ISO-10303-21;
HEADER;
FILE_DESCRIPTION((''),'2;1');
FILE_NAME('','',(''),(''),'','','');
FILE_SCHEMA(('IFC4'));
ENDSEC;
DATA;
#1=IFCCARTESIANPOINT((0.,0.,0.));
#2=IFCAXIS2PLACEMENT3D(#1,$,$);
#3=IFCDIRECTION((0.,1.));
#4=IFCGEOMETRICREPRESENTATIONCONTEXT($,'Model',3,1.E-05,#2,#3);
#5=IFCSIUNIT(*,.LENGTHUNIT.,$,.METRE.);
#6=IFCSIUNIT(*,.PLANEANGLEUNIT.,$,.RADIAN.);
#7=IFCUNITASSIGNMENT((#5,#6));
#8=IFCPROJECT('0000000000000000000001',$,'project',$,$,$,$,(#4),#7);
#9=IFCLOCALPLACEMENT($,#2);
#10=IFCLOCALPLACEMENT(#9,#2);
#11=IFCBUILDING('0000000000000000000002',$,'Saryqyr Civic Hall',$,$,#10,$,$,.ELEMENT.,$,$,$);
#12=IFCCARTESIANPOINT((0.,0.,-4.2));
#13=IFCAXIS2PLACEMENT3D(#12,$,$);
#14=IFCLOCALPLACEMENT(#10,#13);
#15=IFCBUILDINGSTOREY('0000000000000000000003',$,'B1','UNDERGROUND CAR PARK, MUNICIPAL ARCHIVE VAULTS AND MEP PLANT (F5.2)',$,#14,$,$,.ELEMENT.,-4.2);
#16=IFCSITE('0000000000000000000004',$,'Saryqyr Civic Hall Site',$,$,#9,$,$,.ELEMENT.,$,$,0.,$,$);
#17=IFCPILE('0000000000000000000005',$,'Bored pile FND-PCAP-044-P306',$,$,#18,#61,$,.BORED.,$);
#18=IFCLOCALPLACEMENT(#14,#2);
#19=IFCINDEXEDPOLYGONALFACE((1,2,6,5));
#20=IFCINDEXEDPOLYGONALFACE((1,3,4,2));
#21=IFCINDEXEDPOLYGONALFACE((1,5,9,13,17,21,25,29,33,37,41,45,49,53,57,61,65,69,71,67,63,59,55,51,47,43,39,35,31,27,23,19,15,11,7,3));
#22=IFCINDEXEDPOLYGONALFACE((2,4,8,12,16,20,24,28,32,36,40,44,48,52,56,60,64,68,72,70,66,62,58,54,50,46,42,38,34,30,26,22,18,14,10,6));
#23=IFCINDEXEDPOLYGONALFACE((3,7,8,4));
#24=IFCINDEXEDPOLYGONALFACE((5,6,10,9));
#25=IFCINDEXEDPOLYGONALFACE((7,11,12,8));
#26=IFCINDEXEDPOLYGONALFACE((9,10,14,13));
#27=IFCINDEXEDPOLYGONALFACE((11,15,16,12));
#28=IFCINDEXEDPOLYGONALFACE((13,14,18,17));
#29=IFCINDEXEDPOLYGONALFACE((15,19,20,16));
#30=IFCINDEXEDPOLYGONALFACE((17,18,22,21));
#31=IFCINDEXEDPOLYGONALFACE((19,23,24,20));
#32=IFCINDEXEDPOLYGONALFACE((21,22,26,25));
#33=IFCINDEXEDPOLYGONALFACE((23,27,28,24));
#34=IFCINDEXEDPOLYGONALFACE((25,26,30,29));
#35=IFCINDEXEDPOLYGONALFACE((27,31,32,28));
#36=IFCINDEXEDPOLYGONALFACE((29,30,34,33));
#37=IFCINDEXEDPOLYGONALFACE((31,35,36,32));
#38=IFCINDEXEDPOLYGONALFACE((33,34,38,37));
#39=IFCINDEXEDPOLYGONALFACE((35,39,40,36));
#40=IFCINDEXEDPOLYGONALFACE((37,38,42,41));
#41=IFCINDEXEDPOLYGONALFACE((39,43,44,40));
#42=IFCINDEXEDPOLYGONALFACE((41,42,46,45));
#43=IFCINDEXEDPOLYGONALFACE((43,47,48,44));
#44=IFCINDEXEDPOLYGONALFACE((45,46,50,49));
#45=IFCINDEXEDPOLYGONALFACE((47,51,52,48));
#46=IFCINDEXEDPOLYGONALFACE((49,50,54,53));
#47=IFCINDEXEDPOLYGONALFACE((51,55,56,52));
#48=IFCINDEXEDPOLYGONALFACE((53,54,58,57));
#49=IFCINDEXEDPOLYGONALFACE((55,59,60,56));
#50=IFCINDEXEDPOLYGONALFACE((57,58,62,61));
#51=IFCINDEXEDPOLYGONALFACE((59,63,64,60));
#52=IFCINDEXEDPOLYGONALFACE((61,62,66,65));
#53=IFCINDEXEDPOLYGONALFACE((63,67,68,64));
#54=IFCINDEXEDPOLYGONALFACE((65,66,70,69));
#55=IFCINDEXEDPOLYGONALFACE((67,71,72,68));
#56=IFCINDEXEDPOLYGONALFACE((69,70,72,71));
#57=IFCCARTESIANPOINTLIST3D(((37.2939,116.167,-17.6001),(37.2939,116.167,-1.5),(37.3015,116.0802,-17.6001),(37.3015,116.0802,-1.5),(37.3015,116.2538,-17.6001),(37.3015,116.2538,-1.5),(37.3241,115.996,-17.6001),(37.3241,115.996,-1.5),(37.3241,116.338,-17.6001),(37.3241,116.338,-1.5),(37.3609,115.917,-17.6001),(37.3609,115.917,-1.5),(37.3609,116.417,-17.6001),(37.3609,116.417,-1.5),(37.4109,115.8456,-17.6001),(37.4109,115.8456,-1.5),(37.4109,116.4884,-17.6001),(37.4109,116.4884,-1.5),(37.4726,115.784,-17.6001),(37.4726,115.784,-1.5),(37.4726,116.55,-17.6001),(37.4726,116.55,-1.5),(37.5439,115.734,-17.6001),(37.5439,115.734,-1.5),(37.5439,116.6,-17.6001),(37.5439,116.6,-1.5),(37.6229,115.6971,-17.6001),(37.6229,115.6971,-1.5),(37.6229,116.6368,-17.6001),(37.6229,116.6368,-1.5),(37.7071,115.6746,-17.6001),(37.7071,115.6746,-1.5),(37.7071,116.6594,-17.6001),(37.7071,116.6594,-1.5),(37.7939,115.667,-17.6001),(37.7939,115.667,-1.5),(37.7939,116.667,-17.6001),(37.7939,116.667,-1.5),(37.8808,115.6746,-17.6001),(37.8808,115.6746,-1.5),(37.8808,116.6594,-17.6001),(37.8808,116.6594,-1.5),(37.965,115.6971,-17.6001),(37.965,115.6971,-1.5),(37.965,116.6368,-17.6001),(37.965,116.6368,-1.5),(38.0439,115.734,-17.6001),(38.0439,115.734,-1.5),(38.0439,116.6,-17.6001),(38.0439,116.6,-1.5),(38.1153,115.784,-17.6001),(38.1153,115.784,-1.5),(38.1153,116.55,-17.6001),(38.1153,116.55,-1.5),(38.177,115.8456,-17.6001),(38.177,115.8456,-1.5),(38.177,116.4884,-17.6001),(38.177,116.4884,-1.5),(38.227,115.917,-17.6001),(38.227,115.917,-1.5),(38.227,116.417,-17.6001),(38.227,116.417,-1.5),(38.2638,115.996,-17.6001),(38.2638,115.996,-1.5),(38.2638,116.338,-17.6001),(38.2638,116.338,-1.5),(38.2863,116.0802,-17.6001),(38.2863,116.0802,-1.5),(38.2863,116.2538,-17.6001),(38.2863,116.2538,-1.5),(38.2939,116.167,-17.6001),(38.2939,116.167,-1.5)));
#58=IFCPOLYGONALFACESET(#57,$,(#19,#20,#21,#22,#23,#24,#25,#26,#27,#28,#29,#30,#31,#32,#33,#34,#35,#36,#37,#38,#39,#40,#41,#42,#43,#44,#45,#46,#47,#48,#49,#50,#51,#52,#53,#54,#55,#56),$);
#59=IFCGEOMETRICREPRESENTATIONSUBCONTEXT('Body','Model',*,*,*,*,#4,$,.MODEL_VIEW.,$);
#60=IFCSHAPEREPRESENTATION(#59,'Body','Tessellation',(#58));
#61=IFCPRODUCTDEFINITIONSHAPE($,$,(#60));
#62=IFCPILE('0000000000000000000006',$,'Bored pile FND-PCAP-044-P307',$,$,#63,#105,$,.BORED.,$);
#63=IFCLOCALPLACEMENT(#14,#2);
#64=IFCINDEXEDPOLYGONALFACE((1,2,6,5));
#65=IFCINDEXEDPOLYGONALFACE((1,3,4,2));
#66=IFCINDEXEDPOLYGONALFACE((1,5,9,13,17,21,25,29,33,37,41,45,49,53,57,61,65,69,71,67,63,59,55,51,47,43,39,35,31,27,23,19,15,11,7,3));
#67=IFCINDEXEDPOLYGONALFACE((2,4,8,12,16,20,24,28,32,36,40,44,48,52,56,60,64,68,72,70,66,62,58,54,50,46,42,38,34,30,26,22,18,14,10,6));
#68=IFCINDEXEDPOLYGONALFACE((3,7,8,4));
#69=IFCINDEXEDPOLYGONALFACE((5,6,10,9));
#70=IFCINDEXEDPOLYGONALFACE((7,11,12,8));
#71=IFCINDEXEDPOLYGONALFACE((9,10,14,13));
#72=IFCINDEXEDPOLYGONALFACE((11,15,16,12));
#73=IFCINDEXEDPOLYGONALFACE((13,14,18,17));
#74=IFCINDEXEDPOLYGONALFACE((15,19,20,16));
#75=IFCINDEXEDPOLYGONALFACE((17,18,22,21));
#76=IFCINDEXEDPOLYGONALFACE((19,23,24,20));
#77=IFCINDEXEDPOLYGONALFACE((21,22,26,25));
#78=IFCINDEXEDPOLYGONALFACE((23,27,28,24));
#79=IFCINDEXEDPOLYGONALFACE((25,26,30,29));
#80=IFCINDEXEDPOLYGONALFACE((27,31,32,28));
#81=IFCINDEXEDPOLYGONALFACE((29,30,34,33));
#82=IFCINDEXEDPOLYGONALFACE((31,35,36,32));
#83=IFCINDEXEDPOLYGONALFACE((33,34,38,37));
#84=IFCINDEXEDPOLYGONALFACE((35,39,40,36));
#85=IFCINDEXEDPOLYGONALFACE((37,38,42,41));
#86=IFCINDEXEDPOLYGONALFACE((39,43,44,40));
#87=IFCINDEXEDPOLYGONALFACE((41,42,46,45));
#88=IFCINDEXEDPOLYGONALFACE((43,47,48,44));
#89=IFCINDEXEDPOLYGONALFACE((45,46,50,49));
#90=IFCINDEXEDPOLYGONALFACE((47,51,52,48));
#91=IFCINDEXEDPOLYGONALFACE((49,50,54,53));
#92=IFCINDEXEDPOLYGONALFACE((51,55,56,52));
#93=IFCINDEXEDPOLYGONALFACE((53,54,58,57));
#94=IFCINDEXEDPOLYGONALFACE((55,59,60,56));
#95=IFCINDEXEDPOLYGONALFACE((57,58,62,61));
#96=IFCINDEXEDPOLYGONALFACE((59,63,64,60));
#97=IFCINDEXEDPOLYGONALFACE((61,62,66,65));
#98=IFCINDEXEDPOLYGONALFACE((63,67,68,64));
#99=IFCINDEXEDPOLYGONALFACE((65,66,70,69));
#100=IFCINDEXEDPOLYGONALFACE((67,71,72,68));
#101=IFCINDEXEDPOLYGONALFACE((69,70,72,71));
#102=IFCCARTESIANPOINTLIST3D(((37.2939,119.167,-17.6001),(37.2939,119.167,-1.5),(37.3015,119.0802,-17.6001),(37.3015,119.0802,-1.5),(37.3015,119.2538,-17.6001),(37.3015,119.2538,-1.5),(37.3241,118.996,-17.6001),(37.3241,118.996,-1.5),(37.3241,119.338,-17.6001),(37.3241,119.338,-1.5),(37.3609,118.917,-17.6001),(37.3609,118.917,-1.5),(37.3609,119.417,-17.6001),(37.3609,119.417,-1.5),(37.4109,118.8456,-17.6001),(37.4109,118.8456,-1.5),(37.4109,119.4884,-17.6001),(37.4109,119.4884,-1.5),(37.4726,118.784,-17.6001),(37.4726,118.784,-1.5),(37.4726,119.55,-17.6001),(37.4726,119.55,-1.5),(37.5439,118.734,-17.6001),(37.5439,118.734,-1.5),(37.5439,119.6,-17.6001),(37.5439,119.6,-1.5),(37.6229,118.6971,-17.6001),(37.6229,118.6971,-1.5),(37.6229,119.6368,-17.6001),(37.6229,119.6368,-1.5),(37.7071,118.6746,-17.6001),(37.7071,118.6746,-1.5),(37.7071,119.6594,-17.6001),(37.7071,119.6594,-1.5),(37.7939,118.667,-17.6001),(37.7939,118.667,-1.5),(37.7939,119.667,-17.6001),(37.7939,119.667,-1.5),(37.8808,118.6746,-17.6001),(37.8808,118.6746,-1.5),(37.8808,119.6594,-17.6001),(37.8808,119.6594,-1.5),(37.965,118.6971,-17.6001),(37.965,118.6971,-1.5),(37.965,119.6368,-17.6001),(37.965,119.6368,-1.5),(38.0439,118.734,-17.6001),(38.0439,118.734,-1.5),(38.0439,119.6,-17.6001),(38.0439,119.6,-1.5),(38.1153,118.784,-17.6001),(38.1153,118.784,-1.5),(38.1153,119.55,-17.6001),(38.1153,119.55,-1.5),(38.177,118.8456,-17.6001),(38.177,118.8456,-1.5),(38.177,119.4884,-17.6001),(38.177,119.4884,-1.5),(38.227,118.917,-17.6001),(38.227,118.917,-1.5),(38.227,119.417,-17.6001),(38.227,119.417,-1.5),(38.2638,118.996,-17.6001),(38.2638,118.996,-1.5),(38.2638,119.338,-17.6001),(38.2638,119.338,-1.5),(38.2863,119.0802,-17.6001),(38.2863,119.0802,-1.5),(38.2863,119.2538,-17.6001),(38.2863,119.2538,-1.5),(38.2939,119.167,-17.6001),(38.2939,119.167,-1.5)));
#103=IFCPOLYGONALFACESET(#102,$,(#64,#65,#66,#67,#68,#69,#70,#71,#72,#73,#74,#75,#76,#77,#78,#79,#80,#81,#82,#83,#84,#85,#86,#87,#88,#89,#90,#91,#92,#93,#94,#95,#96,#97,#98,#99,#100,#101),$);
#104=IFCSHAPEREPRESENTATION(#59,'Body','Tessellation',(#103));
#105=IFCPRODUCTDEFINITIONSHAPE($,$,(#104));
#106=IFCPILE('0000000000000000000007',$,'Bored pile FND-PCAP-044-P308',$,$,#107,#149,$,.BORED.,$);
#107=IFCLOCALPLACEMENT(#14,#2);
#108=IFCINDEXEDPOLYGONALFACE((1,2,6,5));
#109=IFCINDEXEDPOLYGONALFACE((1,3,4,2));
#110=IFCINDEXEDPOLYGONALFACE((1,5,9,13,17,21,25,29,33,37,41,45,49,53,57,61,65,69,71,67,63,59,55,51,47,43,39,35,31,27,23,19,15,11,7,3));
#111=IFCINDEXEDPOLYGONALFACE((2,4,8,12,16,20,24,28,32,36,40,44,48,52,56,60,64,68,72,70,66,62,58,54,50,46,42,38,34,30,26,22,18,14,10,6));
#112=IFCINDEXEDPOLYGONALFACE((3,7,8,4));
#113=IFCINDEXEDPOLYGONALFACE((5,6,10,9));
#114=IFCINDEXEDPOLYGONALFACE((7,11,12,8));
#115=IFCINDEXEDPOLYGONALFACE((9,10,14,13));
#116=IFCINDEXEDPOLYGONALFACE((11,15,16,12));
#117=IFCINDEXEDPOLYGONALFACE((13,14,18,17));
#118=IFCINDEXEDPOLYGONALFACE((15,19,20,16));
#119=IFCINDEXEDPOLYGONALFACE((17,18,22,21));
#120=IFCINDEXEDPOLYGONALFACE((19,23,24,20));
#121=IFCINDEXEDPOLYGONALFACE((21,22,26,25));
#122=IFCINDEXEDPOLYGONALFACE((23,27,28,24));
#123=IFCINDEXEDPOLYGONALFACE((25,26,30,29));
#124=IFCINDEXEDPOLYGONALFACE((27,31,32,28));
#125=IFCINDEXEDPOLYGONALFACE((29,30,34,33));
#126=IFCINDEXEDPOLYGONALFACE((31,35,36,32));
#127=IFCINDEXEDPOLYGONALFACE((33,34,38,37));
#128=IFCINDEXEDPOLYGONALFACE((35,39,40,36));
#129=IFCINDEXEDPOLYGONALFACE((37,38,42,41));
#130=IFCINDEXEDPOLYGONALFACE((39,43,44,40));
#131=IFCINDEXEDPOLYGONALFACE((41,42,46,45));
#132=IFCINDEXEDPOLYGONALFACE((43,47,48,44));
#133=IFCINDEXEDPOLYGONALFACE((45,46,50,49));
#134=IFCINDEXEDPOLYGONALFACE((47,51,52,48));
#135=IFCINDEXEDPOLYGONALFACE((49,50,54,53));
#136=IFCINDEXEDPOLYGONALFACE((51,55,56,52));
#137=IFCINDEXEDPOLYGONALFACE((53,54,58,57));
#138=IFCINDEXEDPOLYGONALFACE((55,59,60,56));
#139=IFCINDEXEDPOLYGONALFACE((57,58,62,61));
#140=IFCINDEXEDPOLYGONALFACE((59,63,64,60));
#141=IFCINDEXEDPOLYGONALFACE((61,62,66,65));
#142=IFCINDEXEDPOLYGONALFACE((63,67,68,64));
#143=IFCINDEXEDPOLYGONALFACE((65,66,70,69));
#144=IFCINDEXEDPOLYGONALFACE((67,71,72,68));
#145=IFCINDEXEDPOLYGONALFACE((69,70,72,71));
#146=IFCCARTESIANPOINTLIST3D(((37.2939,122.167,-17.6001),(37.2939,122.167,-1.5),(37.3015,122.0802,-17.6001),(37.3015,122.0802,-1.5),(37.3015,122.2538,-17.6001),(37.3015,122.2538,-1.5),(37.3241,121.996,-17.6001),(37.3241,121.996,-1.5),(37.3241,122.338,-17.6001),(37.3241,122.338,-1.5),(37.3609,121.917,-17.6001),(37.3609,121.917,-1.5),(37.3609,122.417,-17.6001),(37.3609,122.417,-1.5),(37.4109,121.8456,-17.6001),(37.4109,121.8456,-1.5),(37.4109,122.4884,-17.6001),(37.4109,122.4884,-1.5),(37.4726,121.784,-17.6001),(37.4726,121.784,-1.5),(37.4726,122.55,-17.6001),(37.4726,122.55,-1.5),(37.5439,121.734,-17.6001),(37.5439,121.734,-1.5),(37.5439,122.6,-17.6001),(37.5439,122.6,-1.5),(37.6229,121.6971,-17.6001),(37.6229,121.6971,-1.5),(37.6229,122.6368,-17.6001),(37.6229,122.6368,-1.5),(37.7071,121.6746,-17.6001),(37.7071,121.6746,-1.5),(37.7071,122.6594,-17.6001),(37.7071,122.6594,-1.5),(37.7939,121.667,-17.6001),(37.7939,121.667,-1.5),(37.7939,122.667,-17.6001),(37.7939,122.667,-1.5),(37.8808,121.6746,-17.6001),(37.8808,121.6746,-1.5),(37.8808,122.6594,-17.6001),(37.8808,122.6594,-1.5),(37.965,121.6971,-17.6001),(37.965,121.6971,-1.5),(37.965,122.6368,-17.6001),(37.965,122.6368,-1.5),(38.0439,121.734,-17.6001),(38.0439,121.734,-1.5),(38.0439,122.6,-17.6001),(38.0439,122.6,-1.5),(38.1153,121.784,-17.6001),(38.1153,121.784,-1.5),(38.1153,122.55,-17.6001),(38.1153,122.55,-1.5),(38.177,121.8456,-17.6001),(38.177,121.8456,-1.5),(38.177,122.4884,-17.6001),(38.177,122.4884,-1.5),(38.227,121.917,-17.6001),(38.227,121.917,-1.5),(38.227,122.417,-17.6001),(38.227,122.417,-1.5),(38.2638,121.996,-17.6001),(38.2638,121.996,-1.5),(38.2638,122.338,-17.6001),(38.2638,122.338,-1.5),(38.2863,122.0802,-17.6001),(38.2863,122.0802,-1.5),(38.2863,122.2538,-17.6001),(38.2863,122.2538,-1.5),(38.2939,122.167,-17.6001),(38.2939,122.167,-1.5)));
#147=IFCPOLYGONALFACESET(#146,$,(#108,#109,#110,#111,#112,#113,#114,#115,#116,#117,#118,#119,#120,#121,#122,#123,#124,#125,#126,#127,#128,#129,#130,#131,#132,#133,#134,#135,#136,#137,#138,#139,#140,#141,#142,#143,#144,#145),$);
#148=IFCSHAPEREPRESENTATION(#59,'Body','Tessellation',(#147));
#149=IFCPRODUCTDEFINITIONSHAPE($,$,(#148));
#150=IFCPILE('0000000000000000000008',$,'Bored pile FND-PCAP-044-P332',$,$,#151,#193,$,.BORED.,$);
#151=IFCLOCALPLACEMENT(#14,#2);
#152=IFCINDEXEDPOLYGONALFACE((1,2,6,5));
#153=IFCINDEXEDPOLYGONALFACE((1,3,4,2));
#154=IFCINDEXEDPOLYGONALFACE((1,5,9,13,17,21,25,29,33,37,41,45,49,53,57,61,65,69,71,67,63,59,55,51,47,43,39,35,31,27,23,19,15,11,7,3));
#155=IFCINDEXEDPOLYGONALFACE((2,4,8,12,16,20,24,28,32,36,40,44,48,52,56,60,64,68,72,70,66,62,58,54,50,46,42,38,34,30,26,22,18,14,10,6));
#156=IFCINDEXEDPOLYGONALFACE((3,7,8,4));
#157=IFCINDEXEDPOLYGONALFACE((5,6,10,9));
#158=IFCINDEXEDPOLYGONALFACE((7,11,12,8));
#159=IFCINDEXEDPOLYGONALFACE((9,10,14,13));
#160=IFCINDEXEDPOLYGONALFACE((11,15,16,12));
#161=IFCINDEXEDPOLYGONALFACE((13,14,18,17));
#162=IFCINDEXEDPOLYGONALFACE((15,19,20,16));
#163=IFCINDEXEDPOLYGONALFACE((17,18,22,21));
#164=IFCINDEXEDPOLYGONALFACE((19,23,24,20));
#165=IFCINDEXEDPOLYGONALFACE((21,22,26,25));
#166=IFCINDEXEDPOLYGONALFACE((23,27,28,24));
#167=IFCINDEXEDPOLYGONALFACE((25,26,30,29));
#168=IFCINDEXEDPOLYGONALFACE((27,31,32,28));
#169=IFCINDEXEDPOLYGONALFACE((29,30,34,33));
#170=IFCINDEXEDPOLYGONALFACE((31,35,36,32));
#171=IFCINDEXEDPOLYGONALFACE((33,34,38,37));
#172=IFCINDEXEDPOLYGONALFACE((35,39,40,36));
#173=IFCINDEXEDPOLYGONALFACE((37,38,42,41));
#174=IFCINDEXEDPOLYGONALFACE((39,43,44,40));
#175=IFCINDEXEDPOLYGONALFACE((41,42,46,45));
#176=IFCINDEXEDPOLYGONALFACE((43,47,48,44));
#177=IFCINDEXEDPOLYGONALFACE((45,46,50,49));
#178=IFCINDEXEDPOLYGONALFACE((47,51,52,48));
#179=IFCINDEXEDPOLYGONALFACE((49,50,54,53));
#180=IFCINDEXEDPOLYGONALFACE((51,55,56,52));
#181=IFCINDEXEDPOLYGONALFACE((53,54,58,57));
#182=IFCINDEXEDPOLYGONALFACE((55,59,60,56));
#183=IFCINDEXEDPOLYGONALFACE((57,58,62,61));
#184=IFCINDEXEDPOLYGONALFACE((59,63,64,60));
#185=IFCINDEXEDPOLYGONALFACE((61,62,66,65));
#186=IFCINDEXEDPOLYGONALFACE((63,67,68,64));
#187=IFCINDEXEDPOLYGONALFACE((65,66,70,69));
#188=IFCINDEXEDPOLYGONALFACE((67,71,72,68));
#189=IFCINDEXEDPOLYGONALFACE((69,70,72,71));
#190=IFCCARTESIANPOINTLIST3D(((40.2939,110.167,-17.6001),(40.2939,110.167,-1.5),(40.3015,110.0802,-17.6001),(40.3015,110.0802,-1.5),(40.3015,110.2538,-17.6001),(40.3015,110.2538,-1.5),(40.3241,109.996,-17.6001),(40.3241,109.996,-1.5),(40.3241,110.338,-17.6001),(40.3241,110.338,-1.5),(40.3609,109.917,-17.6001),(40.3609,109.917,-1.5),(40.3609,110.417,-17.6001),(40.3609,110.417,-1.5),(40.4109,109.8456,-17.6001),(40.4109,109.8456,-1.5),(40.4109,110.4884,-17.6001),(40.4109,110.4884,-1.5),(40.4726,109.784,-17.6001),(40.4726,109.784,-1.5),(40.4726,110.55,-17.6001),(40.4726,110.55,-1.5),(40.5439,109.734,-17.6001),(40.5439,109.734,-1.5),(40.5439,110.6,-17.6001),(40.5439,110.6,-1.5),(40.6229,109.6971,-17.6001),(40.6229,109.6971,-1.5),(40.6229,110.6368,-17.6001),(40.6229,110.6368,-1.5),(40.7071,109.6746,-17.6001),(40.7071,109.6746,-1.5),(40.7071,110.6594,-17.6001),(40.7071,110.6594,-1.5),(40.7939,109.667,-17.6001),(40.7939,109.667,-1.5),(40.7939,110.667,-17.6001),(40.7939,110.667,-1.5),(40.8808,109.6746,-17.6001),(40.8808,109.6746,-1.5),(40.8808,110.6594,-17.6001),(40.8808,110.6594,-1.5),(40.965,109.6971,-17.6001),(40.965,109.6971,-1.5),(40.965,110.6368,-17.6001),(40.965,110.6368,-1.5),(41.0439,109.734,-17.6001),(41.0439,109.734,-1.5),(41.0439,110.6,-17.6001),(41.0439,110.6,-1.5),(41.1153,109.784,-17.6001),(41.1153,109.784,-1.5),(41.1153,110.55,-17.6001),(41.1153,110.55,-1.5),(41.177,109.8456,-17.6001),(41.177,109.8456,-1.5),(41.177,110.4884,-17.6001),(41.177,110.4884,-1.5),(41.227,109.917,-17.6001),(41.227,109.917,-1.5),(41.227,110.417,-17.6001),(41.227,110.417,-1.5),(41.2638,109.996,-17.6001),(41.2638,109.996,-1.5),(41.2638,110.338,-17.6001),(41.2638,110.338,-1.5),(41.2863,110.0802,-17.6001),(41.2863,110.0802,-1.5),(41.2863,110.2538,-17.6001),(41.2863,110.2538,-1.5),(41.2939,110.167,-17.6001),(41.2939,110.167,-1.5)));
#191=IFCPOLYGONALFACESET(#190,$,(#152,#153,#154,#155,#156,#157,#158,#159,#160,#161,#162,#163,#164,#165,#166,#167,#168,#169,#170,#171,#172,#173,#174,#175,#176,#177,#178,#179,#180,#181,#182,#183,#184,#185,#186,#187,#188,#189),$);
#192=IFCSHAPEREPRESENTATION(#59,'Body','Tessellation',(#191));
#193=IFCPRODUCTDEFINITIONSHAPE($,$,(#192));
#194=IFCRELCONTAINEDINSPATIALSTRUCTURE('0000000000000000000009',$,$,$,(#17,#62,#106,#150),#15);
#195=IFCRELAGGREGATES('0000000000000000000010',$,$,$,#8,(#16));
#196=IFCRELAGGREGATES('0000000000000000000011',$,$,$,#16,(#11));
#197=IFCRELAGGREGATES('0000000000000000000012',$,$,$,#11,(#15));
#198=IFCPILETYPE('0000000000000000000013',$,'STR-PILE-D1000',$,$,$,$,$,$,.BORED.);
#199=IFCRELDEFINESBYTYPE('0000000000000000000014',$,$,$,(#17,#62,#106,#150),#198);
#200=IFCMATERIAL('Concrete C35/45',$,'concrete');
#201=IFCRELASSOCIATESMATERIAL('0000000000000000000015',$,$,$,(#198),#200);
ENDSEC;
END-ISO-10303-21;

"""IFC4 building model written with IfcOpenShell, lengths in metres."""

from ifc_helpers import new_model, si_unit, direction, frame, origin, origin_2d, place, context, subcontext, project, spatial, circle, extrude, material, material_profile, profile_set, type_object, element, save


model = new_model("IFC4")

# Units and contexts
model_context = context("Model", 3, precision=1e-05, world=origin(), true_north=direction((0.0, 1.0)))
body_context = subcontext(model_context, "Body", "Model", "MODEL_VIEW")
ifc_project = project(units=[si_unit("LENGTHUNIT", "METRE"), si_unit("PLANEANGLEUNIT", "RADIAN")], contexts=[model_context])

# Site, building, storey
site_placement = place(None, origin())
site = spatial("IfcSite", under=ifc_project, at=site_placement, Name="Saryqyr Civic Hall Site", CompositionType="ELEMENT", RefElevation=0.0)
building_placement = place(site_placement, origin())
building = spatial("IfcBuilding", under=site, at=building_placement, Name="Saryqyr Civic Hall", CompositionType="ELEMENT")
storey_placement = place(building_placement, frame((0.0, 0.0, -4.2)))
storey = spatial("IfcBuildingStorey", under=building, at=storey_placement, Name="B1", Description="UNDERGROUND CAR PARK, MUNICIPAL ARCHIVE VAULTS AND MEP PLANT (F5.2)", CompositionType="ELEMENT", Elevation=-4.2)

# Piles
ifc_material_1 = material(Name="Concrete C35/45", Category="concrete")
ifc_material_profile_1 = material_profile(ifc_material_1, circle(Radius=0.5, at=origin_2d()), Name="BORED PILE D1000")
ifc_profile_set_1 = profile_set([ifc_material_profile_1], Name="Concrete C35/45")
pile_type = type_object("IfcPileType", Name="STR-PILE-D1000", PredefinedType="BORED", material=ifc_profile_set_1)
for number, where, z_axis, x_axis, name in (
    (1, (37.7939, 116.167, -1.5), (0.0, 0.0, -1.0), (1.0, 0.0, 0.0), "Bored pile FND-PCAP-044-P306"),
    (2, (37.7939, 119.167, -1.5), (0.0, 0.0, -1.0), (1.0, 0.0, 0.0), "Bored pile FND-PCAP-044-P307"),
    (3, (37.7939, 122.167, -1.5), (0.0, 0.0, -1.0), (1.0, 0.0, 0.0), "Bored pile FND-PCAP-044-P308"),
    (4, (40.7939, 110.167, -1.5), (0.0, 0.0, -1.0), (1.0, 0.0, 0.0), "Bored pile FND-PCAP-044-P332"),
):
    element("IfcPile", number, at=place(storey_placement, frame(where, z_axis=z_axis, x_axis=x_axis)), inside=storey, type_object=pile_type, Name=name, PredefinedType="BORED", context=body_context, shape_type="SweptSolid", body=[
        extrude(circle(Radius=0.5, at=origin_2d()), origin(), (0.0, 0.0, 1.0), 16.1001),
    ])

save(model, "model.ifc")
